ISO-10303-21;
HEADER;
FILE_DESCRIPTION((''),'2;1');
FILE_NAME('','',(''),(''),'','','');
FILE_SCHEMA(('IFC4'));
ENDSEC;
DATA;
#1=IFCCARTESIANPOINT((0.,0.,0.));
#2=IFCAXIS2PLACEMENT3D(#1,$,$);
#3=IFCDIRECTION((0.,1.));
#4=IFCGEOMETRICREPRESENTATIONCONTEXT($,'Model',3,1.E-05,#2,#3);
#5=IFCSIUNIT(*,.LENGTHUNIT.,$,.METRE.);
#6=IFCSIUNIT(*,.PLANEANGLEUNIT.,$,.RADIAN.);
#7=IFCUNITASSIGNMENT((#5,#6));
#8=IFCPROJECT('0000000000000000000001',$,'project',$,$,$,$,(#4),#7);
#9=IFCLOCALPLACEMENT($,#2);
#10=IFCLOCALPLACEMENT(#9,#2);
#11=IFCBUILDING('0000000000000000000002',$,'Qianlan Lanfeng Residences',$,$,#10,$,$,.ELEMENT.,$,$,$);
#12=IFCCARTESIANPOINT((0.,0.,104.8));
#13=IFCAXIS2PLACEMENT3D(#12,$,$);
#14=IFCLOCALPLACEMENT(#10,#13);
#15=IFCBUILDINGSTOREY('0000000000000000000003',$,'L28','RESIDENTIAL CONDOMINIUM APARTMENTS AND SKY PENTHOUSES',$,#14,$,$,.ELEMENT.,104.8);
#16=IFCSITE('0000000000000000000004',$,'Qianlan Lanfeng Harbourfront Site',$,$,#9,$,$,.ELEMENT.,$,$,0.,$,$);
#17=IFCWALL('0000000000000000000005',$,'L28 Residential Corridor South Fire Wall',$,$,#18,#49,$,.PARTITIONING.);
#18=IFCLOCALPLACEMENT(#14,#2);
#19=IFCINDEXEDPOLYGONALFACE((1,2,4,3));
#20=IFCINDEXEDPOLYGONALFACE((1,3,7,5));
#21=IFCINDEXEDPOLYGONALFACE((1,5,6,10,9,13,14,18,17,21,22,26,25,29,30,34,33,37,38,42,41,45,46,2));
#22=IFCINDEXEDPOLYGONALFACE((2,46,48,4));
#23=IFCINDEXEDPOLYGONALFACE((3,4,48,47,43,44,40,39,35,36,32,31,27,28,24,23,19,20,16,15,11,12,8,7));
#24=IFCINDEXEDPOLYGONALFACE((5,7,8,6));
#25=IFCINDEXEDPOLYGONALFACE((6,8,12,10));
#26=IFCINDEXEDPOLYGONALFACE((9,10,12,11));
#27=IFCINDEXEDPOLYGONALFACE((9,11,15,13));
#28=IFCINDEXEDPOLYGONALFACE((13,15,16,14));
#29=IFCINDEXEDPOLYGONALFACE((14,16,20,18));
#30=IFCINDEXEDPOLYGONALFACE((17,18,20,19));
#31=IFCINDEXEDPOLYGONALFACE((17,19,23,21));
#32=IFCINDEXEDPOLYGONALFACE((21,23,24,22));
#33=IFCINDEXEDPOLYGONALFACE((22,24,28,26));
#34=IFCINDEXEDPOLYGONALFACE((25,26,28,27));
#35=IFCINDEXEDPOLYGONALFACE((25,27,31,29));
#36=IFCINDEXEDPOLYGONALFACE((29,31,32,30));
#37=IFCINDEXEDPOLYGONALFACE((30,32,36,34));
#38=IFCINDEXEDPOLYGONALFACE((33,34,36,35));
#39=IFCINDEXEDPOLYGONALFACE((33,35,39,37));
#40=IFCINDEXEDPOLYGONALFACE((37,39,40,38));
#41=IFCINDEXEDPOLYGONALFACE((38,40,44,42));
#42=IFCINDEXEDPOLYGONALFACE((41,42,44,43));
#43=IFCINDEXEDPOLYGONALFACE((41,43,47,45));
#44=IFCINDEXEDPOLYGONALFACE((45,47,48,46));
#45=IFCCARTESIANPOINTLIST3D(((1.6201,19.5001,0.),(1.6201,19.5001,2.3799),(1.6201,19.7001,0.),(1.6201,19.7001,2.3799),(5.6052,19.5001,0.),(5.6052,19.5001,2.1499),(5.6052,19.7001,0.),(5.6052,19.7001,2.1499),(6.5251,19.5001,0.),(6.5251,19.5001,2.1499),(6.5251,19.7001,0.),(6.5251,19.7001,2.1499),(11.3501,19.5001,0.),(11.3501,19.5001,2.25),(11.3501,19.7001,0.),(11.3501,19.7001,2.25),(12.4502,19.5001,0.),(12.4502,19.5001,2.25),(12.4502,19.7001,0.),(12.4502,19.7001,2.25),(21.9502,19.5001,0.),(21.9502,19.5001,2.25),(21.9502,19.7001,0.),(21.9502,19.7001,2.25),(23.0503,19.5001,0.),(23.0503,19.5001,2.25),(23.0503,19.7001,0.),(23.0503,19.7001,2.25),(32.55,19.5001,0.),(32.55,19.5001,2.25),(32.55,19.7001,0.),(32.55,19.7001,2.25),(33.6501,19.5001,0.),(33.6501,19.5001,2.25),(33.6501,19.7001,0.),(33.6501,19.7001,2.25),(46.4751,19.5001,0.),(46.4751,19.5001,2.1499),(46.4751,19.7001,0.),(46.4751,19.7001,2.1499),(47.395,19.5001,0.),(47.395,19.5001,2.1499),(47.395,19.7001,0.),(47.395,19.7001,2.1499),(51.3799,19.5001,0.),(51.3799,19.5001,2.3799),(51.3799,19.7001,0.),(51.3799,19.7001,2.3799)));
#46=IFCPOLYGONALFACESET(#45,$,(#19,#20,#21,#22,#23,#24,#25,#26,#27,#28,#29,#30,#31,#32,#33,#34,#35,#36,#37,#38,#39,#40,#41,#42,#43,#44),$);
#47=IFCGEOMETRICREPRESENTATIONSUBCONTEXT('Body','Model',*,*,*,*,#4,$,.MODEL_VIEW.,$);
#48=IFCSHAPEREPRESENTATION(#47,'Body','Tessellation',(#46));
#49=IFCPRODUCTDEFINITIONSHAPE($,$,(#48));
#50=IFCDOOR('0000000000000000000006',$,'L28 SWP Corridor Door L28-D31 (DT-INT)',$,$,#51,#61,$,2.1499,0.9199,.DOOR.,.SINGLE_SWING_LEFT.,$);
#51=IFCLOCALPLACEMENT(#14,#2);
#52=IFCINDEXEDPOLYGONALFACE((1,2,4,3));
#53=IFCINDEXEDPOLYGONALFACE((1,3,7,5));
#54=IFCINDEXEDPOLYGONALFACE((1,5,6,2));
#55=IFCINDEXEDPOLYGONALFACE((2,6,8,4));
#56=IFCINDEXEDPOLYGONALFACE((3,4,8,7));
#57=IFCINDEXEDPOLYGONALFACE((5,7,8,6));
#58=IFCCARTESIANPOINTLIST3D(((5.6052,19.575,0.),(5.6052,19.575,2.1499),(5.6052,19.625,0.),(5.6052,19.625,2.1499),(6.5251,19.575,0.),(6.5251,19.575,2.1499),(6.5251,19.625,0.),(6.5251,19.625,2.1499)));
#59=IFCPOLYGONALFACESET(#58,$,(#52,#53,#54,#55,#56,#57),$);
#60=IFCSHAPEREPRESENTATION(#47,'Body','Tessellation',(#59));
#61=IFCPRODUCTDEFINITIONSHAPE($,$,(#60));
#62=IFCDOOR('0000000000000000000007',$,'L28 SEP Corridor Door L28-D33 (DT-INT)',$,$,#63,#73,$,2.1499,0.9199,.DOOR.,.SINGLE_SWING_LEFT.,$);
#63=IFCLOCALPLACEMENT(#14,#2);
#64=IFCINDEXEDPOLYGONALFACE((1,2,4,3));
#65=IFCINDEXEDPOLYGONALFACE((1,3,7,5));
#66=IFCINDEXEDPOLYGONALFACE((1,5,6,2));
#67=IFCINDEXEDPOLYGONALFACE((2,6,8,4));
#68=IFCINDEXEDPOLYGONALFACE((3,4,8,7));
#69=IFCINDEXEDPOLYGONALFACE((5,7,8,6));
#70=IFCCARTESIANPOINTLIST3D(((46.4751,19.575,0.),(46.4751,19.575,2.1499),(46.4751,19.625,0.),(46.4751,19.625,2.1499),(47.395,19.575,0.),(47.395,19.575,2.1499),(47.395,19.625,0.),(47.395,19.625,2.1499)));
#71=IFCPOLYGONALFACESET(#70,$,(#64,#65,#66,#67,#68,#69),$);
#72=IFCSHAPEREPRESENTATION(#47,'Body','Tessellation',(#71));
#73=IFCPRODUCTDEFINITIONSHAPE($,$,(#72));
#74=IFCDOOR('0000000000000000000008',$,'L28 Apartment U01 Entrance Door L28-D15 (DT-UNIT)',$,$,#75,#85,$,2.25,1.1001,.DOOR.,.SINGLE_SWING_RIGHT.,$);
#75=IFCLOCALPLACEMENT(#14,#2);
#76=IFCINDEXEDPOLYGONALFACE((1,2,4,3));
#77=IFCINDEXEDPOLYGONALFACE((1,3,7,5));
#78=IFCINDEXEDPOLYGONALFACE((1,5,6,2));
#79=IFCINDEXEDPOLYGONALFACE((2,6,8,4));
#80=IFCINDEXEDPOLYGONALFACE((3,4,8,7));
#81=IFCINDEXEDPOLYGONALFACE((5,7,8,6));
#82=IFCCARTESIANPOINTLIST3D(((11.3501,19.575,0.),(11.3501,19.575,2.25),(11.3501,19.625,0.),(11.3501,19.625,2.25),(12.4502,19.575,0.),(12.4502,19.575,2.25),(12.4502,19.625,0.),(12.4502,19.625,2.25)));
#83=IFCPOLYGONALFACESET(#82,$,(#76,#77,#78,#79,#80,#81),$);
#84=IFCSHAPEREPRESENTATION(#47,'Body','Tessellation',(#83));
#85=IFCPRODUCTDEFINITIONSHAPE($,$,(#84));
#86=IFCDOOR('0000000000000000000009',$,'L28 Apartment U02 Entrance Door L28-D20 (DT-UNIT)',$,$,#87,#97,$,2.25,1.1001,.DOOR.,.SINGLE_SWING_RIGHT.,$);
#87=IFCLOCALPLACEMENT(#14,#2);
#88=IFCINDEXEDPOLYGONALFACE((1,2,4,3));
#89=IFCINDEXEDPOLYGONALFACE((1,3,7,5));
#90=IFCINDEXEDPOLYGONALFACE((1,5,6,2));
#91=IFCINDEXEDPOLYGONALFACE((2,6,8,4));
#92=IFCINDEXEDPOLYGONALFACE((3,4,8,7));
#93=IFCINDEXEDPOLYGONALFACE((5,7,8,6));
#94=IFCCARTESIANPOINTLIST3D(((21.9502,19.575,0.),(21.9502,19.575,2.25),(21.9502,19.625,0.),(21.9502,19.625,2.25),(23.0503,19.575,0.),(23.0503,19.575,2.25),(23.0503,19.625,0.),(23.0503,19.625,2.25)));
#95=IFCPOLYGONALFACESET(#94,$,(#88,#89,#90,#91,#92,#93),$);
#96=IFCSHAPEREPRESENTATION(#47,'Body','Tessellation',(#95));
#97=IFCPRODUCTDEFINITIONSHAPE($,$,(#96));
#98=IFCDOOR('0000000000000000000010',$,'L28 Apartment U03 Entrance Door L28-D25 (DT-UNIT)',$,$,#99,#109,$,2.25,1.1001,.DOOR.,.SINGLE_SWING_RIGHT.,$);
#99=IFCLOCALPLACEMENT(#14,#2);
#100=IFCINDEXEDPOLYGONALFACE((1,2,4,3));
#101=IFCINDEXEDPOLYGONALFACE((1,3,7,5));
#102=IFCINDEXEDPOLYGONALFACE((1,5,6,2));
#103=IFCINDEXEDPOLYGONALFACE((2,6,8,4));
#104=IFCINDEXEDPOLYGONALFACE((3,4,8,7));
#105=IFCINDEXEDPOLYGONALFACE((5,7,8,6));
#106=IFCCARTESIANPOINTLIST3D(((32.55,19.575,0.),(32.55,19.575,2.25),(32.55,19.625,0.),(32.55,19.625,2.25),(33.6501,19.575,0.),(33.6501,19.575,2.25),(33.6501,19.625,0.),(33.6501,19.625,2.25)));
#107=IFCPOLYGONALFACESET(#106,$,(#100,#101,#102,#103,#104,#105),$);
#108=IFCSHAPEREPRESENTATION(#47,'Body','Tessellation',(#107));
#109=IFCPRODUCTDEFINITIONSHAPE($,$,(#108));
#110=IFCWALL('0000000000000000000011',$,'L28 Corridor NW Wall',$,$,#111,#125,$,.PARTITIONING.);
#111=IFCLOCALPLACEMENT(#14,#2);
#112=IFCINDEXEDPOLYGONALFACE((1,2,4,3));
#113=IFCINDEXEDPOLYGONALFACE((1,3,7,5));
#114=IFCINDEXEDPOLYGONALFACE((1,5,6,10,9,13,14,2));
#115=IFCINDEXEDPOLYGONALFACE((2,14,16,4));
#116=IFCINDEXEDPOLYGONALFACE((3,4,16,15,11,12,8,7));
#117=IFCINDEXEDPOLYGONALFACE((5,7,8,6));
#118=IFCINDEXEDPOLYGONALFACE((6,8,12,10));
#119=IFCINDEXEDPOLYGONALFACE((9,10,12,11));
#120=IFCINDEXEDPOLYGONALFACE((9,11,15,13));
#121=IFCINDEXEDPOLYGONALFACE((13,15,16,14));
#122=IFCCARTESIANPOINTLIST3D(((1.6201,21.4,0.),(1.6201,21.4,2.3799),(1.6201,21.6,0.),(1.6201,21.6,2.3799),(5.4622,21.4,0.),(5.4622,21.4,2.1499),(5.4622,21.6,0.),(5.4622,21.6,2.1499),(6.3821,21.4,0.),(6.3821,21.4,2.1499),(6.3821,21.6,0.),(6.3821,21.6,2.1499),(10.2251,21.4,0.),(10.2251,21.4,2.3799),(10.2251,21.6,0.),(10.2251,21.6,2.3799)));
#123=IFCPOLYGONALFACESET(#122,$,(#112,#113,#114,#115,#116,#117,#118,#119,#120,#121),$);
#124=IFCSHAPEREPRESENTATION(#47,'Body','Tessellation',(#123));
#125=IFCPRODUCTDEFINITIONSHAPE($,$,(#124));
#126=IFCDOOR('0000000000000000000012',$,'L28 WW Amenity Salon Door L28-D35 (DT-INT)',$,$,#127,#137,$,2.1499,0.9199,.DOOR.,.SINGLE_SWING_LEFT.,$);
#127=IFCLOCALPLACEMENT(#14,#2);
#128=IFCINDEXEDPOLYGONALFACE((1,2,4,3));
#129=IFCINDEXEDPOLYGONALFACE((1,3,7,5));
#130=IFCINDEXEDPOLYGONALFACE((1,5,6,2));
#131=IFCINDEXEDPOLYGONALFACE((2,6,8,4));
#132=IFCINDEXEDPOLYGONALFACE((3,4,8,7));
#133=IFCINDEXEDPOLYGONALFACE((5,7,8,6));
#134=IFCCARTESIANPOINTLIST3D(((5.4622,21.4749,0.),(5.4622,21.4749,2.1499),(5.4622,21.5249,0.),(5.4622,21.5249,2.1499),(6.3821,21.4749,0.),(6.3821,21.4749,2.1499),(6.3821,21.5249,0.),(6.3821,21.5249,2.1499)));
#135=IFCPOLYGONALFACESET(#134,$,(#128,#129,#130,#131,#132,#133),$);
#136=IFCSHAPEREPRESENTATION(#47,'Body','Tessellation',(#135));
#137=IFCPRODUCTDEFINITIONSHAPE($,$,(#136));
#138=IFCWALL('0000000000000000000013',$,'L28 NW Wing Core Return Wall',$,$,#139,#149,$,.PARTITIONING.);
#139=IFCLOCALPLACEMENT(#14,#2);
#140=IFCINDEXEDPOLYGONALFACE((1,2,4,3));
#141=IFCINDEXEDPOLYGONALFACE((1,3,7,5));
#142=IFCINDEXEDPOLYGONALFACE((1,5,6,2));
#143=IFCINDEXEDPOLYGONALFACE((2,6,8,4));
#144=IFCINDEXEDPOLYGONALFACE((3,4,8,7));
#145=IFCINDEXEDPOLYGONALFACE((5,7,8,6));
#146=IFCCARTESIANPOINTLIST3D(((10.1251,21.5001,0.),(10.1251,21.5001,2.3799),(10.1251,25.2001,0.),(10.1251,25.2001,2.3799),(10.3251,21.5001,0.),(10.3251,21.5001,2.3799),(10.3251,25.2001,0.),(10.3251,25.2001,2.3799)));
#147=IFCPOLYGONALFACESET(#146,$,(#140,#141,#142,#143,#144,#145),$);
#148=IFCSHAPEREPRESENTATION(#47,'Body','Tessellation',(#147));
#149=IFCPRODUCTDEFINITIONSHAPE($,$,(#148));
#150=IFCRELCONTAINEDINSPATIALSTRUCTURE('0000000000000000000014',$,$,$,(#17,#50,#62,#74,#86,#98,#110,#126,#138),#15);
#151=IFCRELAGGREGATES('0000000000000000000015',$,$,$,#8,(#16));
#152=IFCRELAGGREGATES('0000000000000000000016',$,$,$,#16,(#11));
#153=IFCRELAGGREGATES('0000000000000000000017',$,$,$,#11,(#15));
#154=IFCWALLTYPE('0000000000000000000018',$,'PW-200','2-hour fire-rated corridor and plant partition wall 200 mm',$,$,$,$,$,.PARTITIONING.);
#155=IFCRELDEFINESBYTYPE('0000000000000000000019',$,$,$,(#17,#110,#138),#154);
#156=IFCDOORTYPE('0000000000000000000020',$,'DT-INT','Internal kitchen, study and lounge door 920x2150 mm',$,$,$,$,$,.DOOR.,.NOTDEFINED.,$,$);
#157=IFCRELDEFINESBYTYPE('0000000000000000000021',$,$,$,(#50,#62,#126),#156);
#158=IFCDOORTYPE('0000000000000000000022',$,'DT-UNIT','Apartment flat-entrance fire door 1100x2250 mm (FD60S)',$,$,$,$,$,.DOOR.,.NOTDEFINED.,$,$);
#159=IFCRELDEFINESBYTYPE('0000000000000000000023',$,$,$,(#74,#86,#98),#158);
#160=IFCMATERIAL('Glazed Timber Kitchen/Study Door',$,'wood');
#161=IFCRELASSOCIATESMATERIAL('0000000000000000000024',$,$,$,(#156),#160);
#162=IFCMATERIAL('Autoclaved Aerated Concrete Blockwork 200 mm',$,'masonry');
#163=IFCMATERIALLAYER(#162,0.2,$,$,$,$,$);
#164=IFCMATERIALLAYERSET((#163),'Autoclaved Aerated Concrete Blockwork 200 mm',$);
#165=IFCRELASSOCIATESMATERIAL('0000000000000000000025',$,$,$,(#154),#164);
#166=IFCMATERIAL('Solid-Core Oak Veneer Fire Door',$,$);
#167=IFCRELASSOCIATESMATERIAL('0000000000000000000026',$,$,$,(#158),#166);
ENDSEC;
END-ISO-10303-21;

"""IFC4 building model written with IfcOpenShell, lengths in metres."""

from ifc_helpers import new_model, si_unit, direction, frame, frame_2d, origin, place, context, subcontext, project, spatial, rectangle, extrude, material, layer, layer_set, type_object, element, fill, save


model = new_model("IFC4")

# Units and contexts
model_context = context("Model", 3, precision=1e-05, world=origin(), true_north=direction((0.0, 1.0)))
body_context = subcontext(model_context, "Body", "Model", "MODEL_VIEW")
ifc_project = project(units=[si_unit("LENGTHUNIT", "METRE"), si_unit("PLANEANGLEUNIT", "RADIAN")], contexts=[model_context])

# Site, building, storey
site_placement = place(None, origin())
site = spatial("IfcSite", under=ifc_project, at=site_placement, Name="Qianlan Lanfeng Harbourfront Site", CompositionType="ELEMENT", RefElevation=0.0)
building_placement = place(site_placement, origin())
building = spatial("IfcBuilding", under=site, at=building_placement, Name="Qianlan Lanfeng Residences", CompositionType="ELEMENT")
storey_placement = place(building_placement, frame((0.0, 0.0, 104.8)))
storey = spatial("IfcBuildingStorey", under=building, at=storey_placement, Name="L28", Description="RESIDENTIAL CONDOMINIUM APARTMENTS AND SKY PENTHOUSES", CompositionType="ELEMENT", Elevation=104.8)

# Shared definitions
ifc_material_1 = material(Name="Glazed Timber Kitchen/Study Door", Category="wood")
door_type_1 = type_object("IfcDoorType", Name="DT-INT", Description="Internal kitchen, study and lounge door 920x2150 mm", OperationType="NOTDEFINED", PredefinedType="DOOR", material=ifc_material_1)

# Wall, openings, doors
ifc_material_2 = material(Name="Autoclaved Aerated Concrete Blockwork 200 mm", Category="masonry")
ifc_layer_1 = layer(ifc_material_2, 0.2)
ifc_layer_set_1 = layer_set([ifc_layer_1], Name="Autoclaved Aerated Concrete Blockwork 200 mm")
wall_type_1 = type_object("IfcWallType", Name="PW-200", Description="2-hour fire-rated corridor and plant partition wall 200 mm", PredefinedType="PARTITIONING", material=ifc_layer_set_1)
wall_1_placement = place(storey_placement, frame((1.6201, 19.6001, 0.0), z_axis=(0.0, 0.0, 1.0), x_axis=(1.0, 0.0, 0.0)))
wall_1 = element("IfcWall", 1, at=wall_1_placement, inside=storey, type_object=wall_type_1, Name="L28 Residential Corridor South Fire Wall", PredefinedType="PARTITIONING", context=body_context, shape_type="SweptSolid", body=[
    extrude(rectangle(XDim=49.7598, YDim=0.2, at=frame_2d((24.8799, 0.0))), origin(), (0.0, 0.0, 1.0), 2.3799),
])
opening_1_placement = place(wall_1_placement, frame((9.73, 0.0, 0.0)))
opening_1 = element("IfcOpeningElement", 2, at=opening_1_placement, cuts=wall_1, PredefinedType="OPENING", context=body_context, shape_type="SweptSolid", body=[
    extrude(rectangle(XDim=1.1001, YDim=2.25, at=frame_2d((0.55, 1.125))), frame((0.0, 0.1099, 0.0), z_axis=(0.0, -1.0, 0.0), x_axis=(1.0, 0.0, 0.0)), (0.0, 0.0, 1.0), 0.22),
])
opening_2_placement = place(wall_1_placement, frame((20.3301, 0.0, 0.0)))
opening_2 = element("IfcOpeningElement", 3, at=opening_2_placement, cuts=wall_1, PredefinedType="OPENING", context=body_context, shape_type="SweptSolid", body=[
    extrude(rectangle(XDim=1.1001, YDim=2.25, at=frame_2d((0.55, 1.125))), frame((0.0, 0.1099, 0.0), z_axis=(0.0, -1.0, 0.0), x_axis=(1.0, 0.0, 0.0)), (0.0, 0.0, 1.0), 0.22),
])
opening_3_placement = place(wall_1_placement, frame((30.9299, 0.0, 0.0)))
opening_3 = element("IfcOpeningElement", 4, at=opening_3_placement, cuts=wall_1, PredefinedType="OPENING", context=body_context, shape_type="SweptSolid", body=[
    extrude(rectangle(XDim=1.1001, YDim=2.25, at=frame_2d((0.55, 1.125))), frame((0.0, 0.1099, 0.0), z_axis=(0.0, -1.0, 0.0), x_axis=(1.0, 0.0, 0.0)), (0.0, 0.0, 1.0), 0.22),
])
opening_4_placement = place(wall_1_placement, frame((3.9851, 0.0, 0.0)))
opening_4 = element("IfcOpeningElement", 5, at=opening_4_placement, cuts=wall_1, PredefinedType="OPENING", context=body_context, shape_type="SweptSolid", body=[
    extrude(rectangle(XDim=0.9199, YDim=2.1499, at=frame_2d((0.46, 1.075))), frame((0.0, 0.1099, 0.0), z_axis=(0.0, -1.0, 0.0), x_axis=(1.0, 0.0, 0.0)), (0.0, 0.0, 1.0), 0.22),
])
opening_5_placement = place(wall_1_placement, frame((44.855, 0.0, 0.0)))
opening_5 = element("IfcOpeningElement", 6, at=opening_5_placement, cuts=wall_1, PredefinedType="OPENING", context=body_context, shape_type="SweptSolid", body=[
    extrude(rectangle(XDim=0.9199, YDim=2.1499, at=frame_2d((0.46, 1.075))), frame((0.0, 0.1099, 0.0), z_axis=(0.0, -1.0, 0.0), x_axis=(1.0, 0.0, 0.0)), (0.0, 0.0, 1.0), 0.22),
])
door_1_placement = place(opening_4_placement, origin())
door_1 = element("IfcDoor", 7, at=door_1_placement, inside=storey, type_object=door_type_1, Name="L28 SWP Corridor Door L28-D31 (DT-INT)", OperationType="SINGLE_SWING_LEFT", OverallHeight=2.1499, OverallWidth=0.9199, PredefinedType="DOOR", context=body_context, shape_type="SweptSolid", body=[
    extrude(rectangle(XDim=0.9199, YDim=2.1499, at=frame_2d((0.46, 1.075))), frame((0.0, 0.0249, 0.0), z_axis=(0.0, -1.0, 0.0), x_axis=(1.0, 0.0, 0.0)), (0.0, 0.0, 1.0), 0.05),
])
fill(opening_4, door_1)
door_2_placement = place(opening_5_placement, origin())
door_2 = element("IfcDoor", 8, at=door_2_placement, inside=storey, type_object=door_type_1, Name="L28 SEP Corridor Door L28-D33 (DT-INT)", OperationType="SINGLE_SWING_LEFT", OverallHeight=2.1499, OverallWidth=0.9199, PredefinedType="DOOR", context=body_context, shape_type="SweptSolid", body=[
    extrude(rectangle(XDim=0.9199, YDim=2.1499, at=frame_2d((0.46, 1.075))), frame((0.0, 0.0249, 0.0), z_axis=(0.0, -1.0, 0.0), x_axis=(1.0, 0.0, 0.0)), (0.0, 0.0, 1.0), 0.05),
])
fill(opening_5, door_2)
ifc_material_3 = material(Name="Solid-Core Oak Veneer Fire Door")
door_type_2 = type_object("IfcDoorType", Name="DT-UNIT", Description="Apartment flat-entrance fire door 1100x2250 mm (FD60S)", OperationType="NOTDEFINED", PredefinedType="DOOR", material=ifc_material_3)
door_3_placement = place(opening_1_placement, origin())
door_3 = element("IfcDoor", 9, at=door_3_placement, inside=storey, type_object=door_type_2, Name="L28 Apartment U01 Entrance Door L28-D15 (DT-UNIT)", OperationType="SINGLE_SWING_RIGHT", OverallHeight=2.25, OverallWidth=1.1001, PredefinedType="DOOR", context=body_context, shape_type="SweptSolid", body=[
    extrude(rectangle(XDim=1.1001, YDim=2.25, at=frame_2d((0.55, 1.125))), frame((0.0, 0.0249, 0.0), z_axis=(0.0, -1.0, 0.0), x_axis=(1.0, 0.0, 0.0)), (0.0, 0.0, 1.0), 0.05),
])
fill(opening_1, door_3)
door_4_placement = place(opening_2_placement, origin())
door_4 = element("IfcDoor", 10, at=door_4_placement, inside=storey, type_object=door_type_2, Name="L28 Apartment U02 Entrance Door L28-D20 (DT-UNIT)", OperationType="SINGLE_SWING_RIGHT", OverallHeight=2.25, OverallWidth=1.1001, PredefinedType="DOOR", context=body_context, shape_type="SweptSolid", body=[
    extrude(rectangle(XDim=1.1001, YDim=2.25, at=frame_2d((0.55, 1.125))), frame((0.0, 0.0249, 0.0), z_axis=(0.0, -1.0, 0.0), x_axis=(1.0, 0.0, 0.0)), (0.0, 0.0, 1.0), 0.05),
])
fill(opening_2, door_4)
door_5_placement = place(opening_3_placement, origin())
door_5 = element("IfcDoor", 11, at=door_5_placement, inside=storey, type_object=door_type_2, Name="L28 Apartment U03 Entrance Door L28-D25 (DT-UNIT)", OperationType="SINGLE_SWING_RIGHT", OverallHeight=2.25, OverallWidth=1.1001, PredefinedType="DOOR", context=body_context, shape_type="SweptSolid", body=[
    extrude(rectangle(XDim=1.1001, YDim=2.25, at=frame_2d((0.55, 1.125))), frame((0.0, 0.0249, 0.0), z_axis=(0.0, -1.0, 0.0), x_axis=(1.0, 0.0, 0.0)), (0.0, 0.0, 1.0), 0.05),
])
fill(opening_3, door_5)

# Wall, opening, door
wall_2_placement = place(storey_placement, frame((1.6201, 21.5, 0.0), z_axis=(0.0, 0.0, 1.0), x_axis=(1.0, 0.0, 0.0)))
wall_2 = element("IfcWall", 12, at=wall_2_placement, inside=storey, type_object=wall_type_1, Name="L28 Corridor NW Wall", PredefinedType="PARTITIONING", context=body_context, shape_type="SweptSolid", body=[
    extrude(rectangle(XDim=8.605, YDim=0.2, at=frame_2d((4.3025, 0.0))), origin(), (0.0, 0.0, 1.0), 2.3799),
])
opening_6_placement = place(wall_2_placement, frame((3.842, 0.0, 0.0)))
opening_6 = element("IfcOpeningElement", 13, at=opening_6_placement, cuts=wall_2, PredefinedType="OPENING", context=body_context, shape_type="SweptSolid", body=[
    extrude(rectangle(XDim=0.9199, YDim=2.1499, at=frame_2d((0.46, 1.075))), frame((0.0, 0.1099, 0.0), z_axis=(0.0, -1.0, 0.0), x_axis=(1.0, 0.0, 0.0)), (0.0, 0.0, 1.0), 0.22),
])
door_6_placement = place(opening_6_placement, origin())
door_6 = element("IfcDoor", 14, at=door_6_placement, inside=storey, type_object=door_type_1, Name="L28 WW Amenity Salon Door L28-D35 (DT-INT)", OperationType="SINGLE_SWING_LEFT", OverallHeight=2.1499, OverallWidth=0.9199, PredefinedType="DOOR", context=body_context, shape_type="SweptSolid", body=[
    extrude(rectangle(XDim=0.9199, YDim=2.1499, at=frame_2d((0.46, 1.075))), frame((0.0, 0.0249, 0.0), z_axis=(0.0, -1.0, 0.0), x_axis=(1.0, 0.0, 0.0)), (0.0, 0.0, 1.0), 0.05),
])
fill(opening_6, door_6)

# Wall
wall_3_placement = place(storey_placement, frame((10.2251, 21.5, 0.0), z_axis=(0.0, 0.0, 1.0), x_axis=(0.0, 1.0, 0.0)))
element("IfcWall", 15, at=wall_3_placement, inside=storey, type_object=wall_type_1, Name="L28 NW Wing Core Return Wall", PredefinedType="PARTITIONING", context=body_context, shape_type="SweptSolid", body=[
    extrude(rectangle(XDim=3.7, YDim=0.2, at=frame_2d((1.8501, 0.0))), origin(), (0.0, 0.0, 1.0), 2.3799),
])

save(model, "model.ifc")
